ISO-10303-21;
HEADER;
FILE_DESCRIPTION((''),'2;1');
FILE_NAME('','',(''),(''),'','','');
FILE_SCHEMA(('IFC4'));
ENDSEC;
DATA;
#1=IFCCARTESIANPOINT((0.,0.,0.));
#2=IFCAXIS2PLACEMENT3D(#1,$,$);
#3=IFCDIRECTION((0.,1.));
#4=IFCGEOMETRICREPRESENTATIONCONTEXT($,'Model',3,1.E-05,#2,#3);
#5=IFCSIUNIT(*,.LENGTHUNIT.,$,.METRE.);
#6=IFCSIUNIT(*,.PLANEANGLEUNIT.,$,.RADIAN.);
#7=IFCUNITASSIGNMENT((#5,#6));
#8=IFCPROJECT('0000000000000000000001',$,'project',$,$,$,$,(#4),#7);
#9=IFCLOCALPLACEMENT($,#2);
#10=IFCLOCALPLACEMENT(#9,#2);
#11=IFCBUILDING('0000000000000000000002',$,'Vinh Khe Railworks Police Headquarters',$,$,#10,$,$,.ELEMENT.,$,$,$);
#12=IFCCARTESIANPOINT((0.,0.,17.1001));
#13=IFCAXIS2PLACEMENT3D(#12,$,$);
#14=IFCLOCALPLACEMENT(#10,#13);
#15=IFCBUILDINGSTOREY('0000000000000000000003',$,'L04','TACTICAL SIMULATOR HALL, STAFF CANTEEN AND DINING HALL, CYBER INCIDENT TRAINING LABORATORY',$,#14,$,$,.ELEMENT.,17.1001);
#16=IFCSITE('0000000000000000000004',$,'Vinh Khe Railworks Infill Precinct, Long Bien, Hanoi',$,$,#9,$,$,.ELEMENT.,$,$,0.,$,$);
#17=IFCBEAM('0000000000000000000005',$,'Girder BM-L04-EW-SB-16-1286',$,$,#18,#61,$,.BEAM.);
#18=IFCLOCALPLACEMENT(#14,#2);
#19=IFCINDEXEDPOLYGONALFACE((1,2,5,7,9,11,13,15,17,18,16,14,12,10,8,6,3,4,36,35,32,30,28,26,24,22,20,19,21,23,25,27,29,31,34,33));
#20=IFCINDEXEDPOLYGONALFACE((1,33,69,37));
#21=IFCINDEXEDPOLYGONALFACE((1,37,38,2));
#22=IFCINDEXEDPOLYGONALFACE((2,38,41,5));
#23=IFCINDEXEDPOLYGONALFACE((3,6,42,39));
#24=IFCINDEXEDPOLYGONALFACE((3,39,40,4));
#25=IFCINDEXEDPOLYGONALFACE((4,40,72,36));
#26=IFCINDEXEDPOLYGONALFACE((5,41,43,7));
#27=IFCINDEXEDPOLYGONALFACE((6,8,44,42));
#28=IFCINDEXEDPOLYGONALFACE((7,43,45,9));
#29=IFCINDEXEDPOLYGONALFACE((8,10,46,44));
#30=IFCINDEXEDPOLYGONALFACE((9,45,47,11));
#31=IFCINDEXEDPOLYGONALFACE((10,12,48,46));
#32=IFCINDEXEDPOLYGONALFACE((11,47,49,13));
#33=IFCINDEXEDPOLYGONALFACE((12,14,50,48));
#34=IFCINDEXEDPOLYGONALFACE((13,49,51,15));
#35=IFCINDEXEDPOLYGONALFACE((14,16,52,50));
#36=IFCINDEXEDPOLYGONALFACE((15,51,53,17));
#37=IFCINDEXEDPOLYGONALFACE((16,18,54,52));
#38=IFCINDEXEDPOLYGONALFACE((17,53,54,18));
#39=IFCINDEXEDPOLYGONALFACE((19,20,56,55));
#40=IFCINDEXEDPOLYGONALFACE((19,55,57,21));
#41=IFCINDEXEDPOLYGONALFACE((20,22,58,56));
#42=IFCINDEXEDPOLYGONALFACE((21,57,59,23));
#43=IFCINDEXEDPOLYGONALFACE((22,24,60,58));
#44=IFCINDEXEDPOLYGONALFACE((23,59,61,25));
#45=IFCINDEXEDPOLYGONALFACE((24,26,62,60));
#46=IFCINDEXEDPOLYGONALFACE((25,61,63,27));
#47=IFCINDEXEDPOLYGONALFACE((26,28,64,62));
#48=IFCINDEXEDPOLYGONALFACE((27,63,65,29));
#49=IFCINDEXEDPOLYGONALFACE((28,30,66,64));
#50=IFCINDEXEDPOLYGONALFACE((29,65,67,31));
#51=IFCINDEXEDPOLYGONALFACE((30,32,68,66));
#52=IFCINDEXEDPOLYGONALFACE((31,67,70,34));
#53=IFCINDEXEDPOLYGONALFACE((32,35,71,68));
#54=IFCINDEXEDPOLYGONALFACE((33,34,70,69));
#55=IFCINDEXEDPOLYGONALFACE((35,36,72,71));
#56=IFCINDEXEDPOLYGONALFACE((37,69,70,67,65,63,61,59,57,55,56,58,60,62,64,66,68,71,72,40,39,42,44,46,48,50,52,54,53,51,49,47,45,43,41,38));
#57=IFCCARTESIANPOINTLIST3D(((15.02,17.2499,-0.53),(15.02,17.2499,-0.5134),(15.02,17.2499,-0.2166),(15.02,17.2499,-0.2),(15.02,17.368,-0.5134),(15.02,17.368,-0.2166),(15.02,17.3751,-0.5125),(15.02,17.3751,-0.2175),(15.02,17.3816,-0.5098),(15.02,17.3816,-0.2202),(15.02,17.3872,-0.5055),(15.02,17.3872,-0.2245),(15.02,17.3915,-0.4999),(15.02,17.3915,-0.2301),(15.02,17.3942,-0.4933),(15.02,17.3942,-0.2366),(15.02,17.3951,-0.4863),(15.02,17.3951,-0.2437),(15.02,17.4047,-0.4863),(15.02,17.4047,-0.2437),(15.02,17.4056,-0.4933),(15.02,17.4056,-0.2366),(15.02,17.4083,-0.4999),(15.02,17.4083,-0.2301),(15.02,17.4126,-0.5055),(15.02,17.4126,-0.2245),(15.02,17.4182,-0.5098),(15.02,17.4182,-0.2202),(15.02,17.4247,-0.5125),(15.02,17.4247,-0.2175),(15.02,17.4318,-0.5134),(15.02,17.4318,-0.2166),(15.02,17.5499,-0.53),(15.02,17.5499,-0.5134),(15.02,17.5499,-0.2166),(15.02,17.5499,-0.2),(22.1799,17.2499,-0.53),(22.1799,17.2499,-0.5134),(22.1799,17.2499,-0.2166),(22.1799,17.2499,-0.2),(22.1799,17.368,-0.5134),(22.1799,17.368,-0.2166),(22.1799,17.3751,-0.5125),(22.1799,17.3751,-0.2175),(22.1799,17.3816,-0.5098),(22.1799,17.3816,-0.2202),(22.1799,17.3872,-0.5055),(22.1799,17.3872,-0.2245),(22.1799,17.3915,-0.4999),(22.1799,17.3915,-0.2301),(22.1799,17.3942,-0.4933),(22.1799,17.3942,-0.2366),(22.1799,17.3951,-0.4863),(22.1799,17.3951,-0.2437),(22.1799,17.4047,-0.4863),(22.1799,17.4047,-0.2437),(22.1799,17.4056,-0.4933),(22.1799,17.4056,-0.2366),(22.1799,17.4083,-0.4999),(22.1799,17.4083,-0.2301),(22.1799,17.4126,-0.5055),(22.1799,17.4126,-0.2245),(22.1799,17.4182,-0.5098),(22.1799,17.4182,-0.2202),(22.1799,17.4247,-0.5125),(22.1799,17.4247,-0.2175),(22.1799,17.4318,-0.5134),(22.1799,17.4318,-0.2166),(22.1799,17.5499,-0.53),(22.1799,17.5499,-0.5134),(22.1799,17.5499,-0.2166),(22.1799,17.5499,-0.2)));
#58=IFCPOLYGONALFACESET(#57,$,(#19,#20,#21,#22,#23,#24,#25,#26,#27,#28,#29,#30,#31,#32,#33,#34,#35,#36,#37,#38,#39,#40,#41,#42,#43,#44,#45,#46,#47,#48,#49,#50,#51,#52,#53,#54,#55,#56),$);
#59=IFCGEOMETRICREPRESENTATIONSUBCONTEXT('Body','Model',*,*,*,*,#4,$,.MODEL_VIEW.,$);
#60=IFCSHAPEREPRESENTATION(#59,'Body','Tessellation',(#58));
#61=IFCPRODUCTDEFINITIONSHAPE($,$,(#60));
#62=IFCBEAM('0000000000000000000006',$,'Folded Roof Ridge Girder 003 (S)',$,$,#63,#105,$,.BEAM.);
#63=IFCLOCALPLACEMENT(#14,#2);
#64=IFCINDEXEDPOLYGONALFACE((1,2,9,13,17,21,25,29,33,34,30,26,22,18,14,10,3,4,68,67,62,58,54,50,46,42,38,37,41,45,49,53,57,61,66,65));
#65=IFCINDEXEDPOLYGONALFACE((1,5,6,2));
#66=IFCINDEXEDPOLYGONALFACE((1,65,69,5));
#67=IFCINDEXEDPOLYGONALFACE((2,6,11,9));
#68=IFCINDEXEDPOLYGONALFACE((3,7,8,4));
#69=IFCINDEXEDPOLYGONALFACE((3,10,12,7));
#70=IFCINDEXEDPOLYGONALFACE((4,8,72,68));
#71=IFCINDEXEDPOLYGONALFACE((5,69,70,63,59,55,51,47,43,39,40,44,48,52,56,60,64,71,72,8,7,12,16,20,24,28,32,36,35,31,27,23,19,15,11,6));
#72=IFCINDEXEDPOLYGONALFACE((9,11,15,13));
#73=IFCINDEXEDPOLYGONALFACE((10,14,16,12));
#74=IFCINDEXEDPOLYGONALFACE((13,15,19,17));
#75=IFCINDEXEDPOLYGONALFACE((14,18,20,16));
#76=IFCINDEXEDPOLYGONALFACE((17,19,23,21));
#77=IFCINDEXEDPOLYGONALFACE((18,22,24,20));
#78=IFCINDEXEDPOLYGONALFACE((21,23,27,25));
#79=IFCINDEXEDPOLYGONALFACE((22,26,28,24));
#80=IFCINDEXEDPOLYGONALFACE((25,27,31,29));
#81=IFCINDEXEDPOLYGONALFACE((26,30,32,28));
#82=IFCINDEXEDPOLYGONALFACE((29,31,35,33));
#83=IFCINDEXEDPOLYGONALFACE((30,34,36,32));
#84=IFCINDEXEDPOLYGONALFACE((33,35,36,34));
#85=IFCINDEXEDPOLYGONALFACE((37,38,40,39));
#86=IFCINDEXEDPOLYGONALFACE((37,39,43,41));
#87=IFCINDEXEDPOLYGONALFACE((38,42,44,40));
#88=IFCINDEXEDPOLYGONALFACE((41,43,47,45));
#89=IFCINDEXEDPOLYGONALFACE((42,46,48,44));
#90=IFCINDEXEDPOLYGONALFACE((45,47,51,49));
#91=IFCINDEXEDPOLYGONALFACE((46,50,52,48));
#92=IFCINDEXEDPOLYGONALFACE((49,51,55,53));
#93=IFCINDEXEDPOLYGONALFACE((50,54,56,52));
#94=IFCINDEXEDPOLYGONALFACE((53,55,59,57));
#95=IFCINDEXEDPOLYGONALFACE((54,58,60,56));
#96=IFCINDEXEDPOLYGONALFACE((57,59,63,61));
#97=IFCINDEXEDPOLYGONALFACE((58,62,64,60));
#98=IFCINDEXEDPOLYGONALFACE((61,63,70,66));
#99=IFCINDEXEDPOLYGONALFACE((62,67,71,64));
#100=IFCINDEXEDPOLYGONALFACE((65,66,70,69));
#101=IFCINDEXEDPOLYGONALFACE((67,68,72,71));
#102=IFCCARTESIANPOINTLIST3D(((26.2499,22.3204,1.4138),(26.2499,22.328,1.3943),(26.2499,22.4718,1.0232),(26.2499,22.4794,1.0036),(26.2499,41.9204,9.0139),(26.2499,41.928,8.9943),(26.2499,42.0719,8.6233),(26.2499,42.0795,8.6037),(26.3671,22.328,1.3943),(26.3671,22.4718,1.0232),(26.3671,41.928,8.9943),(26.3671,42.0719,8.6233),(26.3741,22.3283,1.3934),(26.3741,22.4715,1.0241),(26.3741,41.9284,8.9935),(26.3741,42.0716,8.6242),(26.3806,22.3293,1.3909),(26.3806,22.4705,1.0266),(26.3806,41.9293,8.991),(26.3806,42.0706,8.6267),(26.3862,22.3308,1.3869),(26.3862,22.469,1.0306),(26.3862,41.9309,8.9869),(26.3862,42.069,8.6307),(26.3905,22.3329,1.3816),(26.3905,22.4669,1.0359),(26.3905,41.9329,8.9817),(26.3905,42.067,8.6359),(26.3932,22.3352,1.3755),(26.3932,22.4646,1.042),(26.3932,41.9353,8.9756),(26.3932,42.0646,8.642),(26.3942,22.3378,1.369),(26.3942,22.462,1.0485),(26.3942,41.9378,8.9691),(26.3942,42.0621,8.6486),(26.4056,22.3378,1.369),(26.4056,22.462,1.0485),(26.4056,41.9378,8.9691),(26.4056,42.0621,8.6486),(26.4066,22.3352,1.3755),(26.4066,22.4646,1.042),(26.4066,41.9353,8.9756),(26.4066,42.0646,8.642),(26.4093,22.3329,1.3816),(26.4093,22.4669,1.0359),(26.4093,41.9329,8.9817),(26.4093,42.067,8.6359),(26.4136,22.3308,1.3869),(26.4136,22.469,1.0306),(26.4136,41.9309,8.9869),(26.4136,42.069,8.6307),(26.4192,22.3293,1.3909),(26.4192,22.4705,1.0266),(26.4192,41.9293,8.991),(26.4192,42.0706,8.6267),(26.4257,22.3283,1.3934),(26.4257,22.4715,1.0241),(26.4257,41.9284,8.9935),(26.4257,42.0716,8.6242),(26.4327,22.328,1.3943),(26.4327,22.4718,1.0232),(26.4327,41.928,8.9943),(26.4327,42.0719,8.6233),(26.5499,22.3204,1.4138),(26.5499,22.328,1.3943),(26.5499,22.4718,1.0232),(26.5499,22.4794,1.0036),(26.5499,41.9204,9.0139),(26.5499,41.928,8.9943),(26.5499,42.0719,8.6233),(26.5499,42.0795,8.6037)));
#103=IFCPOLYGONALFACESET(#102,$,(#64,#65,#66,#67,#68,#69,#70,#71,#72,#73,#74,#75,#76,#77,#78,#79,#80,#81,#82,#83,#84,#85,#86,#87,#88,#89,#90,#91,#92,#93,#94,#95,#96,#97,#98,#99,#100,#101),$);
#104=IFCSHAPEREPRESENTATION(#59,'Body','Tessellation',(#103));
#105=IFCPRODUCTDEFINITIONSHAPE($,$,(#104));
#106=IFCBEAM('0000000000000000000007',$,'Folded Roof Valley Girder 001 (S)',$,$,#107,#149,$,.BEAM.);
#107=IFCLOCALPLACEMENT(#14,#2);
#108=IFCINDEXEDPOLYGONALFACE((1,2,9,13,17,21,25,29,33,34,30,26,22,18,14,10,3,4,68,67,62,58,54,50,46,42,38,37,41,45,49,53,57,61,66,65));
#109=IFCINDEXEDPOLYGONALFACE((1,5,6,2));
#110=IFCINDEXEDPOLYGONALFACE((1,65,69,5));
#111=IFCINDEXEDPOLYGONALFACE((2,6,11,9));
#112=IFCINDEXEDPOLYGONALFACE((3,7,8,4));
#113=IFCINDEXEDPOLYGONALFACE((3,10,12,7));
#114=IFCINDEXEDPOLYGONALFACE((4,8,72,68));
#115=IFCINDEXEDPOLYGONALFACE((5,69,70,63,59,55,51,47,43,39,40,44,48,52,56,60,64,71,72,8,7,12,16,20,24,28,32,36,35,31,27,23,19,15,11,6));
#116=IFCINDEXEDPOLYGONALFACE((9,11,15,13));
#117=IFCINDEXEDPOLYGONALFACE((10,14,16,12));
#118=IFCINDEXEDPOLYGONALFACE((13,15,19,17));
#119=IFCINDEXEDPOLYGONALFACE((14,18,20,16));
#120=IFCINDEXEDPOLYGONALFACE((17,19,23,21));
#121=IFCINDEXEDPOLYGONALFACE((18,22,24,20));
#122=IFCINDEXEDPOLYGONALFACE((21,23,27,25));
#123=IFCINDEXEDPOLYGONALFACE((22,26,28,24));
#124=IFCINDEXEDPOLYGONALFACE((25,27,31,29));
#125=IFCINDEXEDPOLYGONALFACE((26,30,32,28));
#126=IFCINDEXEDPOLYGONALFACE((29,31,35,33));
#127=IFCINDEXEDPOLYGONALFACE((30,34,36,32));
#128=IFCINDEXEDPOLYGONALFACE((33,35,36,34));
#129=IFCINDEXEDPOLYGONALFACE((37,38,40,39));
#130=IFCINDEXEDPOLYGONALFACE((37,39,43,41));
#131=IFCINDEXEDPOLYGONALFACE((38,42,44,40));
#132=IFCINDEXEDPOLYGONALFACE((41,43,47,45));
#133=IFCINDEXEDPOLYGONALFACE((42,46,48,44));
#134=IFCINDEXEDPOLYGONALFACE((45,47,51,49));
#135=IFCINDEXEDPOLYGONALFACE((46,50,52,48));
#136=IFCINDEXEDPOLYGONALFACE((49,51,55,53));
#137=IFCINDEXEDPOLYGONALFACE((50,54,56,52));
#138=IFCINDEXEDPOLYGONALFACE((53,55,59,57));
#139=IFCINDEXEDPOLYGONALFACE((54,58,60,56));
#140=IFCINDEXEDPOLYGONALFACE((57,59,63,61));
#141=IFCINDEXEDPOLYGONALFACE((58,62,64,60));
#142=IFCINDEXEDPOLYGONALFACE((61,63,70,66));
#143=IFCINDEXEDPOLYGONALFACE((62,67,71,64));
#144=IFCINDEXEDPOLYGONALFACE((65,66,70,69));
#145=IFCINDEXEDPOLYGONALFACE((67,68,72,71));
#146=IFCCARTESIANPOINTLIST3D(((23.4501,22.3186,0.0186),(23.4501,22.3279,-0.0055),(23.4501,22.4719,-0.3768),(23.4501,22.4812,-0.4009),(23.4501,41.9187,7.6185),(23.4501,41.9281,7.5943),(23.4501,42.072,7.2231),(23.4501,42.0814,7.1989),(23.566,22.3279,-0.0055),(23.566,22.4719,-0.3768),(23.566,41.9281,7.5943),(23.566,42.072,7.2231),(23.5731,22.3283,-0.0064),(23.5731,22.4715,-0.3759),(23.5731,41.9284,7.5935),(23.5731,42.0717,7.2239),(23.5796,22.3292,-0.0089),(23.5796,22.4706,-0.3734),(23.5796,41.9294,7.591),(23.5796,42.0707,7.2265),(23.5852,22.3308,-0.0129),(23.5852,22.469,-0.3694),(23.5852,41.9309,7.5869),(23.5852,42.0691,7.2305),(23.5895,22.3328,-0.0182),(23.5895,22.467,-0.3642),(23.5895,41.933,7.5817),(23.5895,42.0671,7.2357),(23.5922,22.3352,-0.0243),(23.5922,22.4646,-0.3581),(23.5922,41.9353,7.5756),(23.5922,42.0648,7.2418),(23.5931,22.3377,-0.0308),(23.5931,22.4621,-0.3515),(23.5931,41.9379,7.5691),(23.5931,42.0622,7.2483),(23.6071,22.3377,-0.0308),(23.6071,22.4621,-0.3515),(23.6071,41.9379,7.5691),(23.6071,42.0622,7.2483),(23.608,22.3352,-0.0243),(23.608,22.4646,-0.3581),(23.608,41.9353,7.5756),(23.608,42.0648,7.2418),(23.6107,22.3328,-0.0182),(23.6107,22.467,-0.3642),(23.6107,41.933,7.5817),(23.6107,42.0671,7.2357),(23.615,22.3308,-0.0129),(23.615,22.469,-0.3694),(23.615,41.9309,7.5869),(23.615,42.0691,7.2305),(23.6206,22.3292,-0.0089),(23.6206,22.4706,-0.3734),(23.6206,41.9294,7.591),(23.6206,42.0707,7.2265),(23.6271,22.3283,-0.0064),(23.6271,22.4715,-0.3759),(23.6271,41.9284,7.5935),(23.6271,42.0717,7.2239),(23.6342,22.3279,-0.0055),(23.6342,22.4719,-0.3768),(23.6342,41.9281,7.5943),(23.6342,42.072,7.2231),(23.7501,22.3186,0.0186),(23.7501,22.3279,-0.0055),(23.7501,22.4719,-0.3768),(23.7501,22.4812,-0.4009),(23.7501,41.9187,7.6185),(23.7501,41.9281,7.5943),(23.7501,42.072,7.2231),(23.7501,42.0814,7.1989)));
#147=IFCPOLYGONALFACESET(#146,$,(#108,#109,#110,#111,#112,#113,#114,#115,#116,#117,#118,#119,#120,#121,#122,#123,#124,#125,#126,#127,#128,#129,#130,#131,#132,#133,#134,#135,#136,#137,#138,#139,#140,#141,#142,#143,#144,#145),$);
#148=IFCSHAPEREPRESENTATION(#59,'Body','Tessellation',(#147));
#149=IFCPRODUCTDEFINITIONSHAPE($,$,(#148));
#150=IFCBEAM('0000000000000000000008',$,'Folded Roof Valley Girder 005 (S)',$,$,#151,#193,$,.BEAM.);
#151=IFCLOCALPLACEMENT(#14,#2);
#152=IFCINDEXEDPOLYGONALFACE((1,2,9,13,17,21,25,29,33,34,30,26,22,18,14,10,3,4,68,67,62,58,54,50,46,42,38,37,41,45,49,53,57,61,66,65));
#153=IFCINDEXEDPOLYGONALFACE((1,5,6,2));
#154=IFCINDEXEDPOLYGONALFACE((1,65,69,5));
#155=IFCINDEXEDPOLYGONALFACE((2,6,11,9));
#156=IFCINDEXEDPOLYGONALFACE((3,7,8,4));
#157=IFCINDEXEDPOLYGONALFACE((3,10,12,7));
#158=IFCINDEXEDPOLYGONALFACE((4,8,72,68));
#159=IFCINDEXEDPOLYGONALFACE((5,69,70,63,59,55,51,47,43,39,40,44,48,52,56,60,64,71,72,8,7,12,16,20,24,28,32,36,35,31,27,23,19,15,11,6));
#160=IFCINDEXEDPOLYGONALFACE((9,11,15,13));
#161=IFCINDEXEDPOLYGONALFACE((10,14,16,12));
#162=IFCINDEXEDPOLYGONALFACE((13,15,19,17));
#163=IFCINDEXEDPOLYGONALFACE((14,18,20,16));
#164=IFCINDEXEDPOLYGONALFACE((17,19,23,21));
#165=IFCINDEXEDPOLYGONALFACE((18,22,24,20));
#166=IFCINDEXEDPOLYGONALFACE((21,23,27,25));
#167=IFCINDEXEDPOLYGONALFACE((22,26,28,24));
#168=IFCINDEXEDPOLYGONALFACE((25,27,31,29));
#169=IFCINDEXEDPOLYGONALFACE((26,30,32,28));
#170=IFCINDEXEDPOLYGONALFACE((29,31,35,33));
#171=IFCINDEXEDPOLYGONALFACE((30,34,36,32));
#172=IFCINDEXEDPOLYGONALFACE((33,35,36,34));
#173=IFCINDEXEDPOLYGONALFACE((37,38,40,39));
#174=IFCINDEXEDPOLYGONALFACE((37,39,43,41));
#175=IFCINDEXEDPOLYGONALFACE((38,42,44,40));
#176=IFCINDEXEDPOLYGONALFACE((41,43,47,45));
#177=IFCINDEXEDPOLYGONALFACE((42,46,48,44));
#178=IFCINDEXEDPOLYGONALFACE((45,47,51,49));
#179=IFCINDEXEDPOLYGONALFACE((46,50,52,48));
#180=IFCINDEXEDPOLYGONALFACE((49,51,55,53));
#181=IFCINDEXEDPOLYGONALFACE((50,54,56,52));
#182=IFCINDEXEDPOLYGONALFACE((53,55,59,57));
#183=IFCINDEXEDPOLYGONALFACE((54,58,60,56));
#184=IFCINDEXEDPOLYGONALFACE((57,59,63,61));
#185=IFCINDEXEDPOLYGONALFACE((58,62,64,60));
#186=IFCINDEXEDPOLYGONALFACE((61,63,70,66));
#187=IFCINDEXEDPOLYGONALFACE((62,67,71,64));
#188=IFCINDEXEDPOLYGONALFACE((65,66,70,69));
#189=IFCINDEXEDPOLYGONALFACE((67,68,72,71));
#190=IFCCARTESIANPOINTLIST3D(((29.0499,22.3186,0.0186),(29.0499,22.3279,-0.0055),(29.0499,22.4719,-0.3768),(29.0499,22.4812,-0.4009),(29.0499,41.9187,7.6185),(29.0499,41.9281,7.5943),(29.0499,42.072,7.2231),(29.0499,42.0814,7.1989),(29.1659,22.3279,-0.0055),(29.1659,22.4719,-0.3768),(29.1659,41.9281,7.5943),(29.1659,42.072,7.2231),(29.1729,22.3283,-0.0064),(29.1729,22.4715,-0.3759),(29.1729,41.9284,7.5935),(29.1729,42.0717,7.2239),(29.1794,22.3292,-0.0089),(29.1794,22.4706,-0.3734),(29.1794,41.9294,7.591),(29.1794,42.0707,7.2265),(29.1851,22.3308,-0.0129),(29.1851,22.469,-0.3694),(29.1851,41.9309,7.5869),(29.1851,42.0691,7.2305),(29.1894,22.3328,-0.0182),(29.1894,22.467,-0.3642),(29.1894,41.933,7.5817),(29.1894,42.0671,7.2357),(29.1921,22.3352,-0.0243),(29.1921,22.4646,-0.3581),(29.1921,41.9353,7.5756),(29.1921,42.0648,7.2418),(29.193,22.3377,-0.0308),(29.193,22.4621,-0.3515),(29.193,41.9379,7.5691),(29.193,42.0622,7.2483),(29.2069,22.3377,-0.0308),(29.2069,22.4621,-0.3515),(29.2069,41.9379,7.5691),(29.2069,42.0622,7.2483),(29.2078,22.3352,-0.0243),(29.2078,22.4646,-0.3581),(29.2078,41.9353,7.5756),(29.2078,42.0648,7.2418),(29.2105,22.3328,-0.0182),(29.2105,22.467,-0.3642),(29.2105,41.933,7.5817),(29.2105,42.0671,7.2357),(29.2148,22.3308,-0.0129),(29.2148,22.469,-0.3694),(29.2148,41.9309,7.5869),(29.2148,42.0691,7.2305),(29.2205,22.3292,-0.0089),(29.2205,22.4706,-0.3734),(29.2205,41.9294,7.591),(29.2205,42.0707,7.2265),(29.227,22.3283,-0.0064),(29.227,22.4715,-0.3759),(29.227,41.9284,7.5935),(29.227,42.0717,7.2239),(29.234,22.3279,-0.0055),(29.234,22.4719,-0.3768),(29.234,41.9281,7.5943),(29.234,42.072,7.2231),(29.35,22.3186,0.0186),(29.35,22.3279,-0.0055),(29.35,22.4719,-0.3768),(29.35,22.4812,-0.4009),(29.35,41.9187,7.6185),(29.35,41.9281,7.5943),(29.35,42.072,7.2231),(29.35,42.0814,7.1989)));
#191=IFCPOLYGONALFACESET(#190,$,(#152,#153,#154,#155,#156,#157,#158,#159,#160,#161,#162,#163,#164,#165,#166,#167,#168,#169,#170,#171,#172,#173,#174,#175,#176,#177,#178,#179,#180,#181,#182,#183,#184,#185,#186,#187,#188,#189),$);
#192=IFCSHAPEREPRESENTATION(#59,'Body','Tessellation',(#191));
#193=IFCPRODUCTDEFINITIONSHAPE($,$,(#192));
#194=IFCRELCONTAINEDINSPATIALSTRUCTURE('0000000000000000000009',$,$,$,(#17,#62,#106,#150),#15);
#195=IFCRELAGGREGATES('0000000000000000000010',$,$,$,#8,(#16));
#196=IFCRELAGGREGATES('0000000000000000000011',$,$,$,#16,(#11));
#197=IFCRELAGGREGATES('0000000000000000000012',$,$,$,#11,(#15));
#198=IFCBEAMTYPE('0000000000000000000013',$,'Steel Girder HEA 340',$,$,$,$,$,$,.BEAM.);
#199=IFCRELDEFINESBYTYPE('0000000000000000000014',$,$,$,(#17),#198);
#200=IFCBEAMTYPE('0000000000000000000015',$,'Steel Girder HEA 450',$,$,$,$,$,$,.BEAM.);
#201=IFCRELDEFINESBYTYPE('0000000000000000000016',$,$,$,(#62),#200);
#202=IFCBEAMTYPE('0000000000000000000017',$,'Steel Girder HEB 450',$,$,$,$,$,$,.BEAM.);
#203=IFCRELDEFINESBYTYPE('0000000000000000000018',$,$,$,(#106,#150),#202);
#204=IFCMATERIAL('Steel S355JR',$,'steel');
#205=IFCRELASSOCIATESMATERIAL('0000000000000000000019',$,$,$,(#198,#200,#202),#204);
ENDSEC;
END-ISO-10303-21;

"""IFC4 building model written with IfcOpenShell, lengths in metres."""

from ifc_helpers import new_model, si_unit, direction, frame, origin, origin_2d, place, context, subcontext, project, spatial, i_section, extrude, material, material_profile, profile_set, type_object, element, save


model = new_model("IFC4")

# Units and contexts
model_context = context("Model", 3, precision=1e-05, world=origin(), true_north=direction((0.0, 1.0)))
body_context = subcontext(model_context, "Body", "Model", "MODEL_VIEW")
ifc_project = project(units=[si_unit("LENGTHUNIT", "METRE"), si_unit("PLANEANGLEUNIT", "RADIAN")], contexts=[model_context])

# Site, building, storey
site_placement = place(None, origin())
site = spatial("IfcSite", under=ifc_project, at=site_placement, Name="Vinh Khe Railworks Infill Precinct, Long Bien, Hanoi", CompositionType="ELEMENT", RefElevation=0.0)
building_placement = place(site_placement, origin())
building = spatial("IfcBuilding", under=site, at=building_placement, Name="Vinh Khe Railworks Police Headquarters", CompositionType="ELEMENT")
storey_placement = place(building_placement, frame((0.0, 0.0, 17.1001)))
storey = spatial("IfcBuildingStorey", under=building, at=storey_placement, Name="L04", Description="TACTICAL SIMULATOR HALL, STAFF CANTEEN AND DINING HALL, CYBER INCIDENT TRAINING LABORATORY", CompositionType="ELEMENT", Elevation=17.1001)

# Shared definitions
ifc_material_1 = material(Name="Steel S355JR", Category="steel")

# Beams
ifc_material_profile_1 = material_profile(ifc_material_1, i_section(OverallWidth=0.3, OverallDepth=0.3301, WebThickness=0.0095, FlangeThickness=0.0166, FilletRadius=0.0271, at=origin_2d()), Name="HEA 340")
ifc_profile_set_1 = profile_set([ifc_material_profile_1], Name="Steel S355JR")
beam_type_1 = type_object("IfcBeamType", Name="Steel Girder HEA 340", PredefinedType="BEAM", material=ifc_profile_set_1)
beam_1_placement = place(storey_placement, frame((15.02, 17.3999, -0.365), z_axis=(1.0, 0.0, 0.0), x_axis=(0.0, 1.0, 0.0)))
element("IfcBeam", 1, at=beam_1_placement, inside=storey, type_object=beam_type_1, Name="Girder BM-L04-EW-SB-16-1286", PredefinedType="BEAM", context=body_context, shape_type="SweptSolid", body=[
    extrude(i_section(OverallWidth=0.3, OverallDepth=0.3301, WebThickness=0.0095, FlangeThickness=0.0166, FilletRadius=0.0271, at=origin_2d()), origin(), (0.0, 0.0, 1.0), 7.1599),
])
ifc_material_profile_2 = material_profile(ifc_material_1, i_section(OverallWidth=0.3, OverallDepth=0.4399, WebThickness=0.0115, FlangeThickness=0.021, FilletRadius=0.0271, at=origin_2d()), Name="HEA 450")
ifc_profile_set_2 = profile_set([ifc_material_profile_2], Name="Steel S355JR")
beam_type_2 = type_object("IfcBeamType", Name="Steel Girder HEA 450", PredefinedType="BEAM", material=ifc_profile_set_2)
beam_2_placement = place(storey_placement, frame((26.3999, 22.3999, 1.2087), z_axis=(0.0, 0.93236, 0.36153), x_axis=(-1.0, 0.0, 0.0)))
element("IfcBeam", 2, at=beam_2_placement, inside=storey, type_object=beam_type_2, Name="Folded Roof Ridge Girder 003 (S)", PredefinedType="BEAM", context=body_context, shape_type="SweptSolid", body=[
    extrude(i_section(OverallWidth=0.3, OverallDepth=0.4399, WebThickness=0.0115, FlangeThickness=0.021, FilletRadius=0.0271, at=origin_2d()), origin(), (0.0, 0.0, 1.0), 21.022),
])
ifc_material_profile_3 = material_profile(ifc_material_1, i_section(OverallWidth=0.3, OverallDepth=0.45, WebThickness=0.0139, FlangeThickness=0.0259, FilletRadius=0.0271, at=origin_2d()), Name="HEB 450")
ifc_profile_set_3 = profile_set([ifc_material_profile_3], Name="Steel S355JR")
beam_type_3 = type_object("IfcBeamType", Name="Steel Girder HEB 450", PredefinedType="BEAM", material=ifc_profile_set_3)
for number, where, z_axis, x_axis, name in (
    (3, (23.6001, 22.3999, -0.1912), (0.0, 0.932364, 0.36152), (-1.0, 0.0, 0.0), "Folded Roof Valley Girder 001 (S)"),
    (4, (29.2, 22.3999, -0.1912), (0.0, 0.932364, 0.36152), (-1.0, 0.0, 0.0), "Folded Roof Valley Girder 005 (S)"),
):
    element("IfcBeam", number, at=place(storey_placement, frame(where, z_axis=z_axis, x_axis=x_axis)), inside=storey, type_object=beam_type_3, Name=name, PredefinedType="BEAM", context=body_context, shape_type="SweptSolid", body=[
        extrude(i_section(OverallWidth=0.3, OverallDepth=0.45, WebThickness=0.0139, FlangeThickness=0.0259, FilletRadius=0.0271, at=origin_2d()), origin(), (0.0, 0.0, 1.0), 21.022),
    ])

save(model, "model.ifc")
